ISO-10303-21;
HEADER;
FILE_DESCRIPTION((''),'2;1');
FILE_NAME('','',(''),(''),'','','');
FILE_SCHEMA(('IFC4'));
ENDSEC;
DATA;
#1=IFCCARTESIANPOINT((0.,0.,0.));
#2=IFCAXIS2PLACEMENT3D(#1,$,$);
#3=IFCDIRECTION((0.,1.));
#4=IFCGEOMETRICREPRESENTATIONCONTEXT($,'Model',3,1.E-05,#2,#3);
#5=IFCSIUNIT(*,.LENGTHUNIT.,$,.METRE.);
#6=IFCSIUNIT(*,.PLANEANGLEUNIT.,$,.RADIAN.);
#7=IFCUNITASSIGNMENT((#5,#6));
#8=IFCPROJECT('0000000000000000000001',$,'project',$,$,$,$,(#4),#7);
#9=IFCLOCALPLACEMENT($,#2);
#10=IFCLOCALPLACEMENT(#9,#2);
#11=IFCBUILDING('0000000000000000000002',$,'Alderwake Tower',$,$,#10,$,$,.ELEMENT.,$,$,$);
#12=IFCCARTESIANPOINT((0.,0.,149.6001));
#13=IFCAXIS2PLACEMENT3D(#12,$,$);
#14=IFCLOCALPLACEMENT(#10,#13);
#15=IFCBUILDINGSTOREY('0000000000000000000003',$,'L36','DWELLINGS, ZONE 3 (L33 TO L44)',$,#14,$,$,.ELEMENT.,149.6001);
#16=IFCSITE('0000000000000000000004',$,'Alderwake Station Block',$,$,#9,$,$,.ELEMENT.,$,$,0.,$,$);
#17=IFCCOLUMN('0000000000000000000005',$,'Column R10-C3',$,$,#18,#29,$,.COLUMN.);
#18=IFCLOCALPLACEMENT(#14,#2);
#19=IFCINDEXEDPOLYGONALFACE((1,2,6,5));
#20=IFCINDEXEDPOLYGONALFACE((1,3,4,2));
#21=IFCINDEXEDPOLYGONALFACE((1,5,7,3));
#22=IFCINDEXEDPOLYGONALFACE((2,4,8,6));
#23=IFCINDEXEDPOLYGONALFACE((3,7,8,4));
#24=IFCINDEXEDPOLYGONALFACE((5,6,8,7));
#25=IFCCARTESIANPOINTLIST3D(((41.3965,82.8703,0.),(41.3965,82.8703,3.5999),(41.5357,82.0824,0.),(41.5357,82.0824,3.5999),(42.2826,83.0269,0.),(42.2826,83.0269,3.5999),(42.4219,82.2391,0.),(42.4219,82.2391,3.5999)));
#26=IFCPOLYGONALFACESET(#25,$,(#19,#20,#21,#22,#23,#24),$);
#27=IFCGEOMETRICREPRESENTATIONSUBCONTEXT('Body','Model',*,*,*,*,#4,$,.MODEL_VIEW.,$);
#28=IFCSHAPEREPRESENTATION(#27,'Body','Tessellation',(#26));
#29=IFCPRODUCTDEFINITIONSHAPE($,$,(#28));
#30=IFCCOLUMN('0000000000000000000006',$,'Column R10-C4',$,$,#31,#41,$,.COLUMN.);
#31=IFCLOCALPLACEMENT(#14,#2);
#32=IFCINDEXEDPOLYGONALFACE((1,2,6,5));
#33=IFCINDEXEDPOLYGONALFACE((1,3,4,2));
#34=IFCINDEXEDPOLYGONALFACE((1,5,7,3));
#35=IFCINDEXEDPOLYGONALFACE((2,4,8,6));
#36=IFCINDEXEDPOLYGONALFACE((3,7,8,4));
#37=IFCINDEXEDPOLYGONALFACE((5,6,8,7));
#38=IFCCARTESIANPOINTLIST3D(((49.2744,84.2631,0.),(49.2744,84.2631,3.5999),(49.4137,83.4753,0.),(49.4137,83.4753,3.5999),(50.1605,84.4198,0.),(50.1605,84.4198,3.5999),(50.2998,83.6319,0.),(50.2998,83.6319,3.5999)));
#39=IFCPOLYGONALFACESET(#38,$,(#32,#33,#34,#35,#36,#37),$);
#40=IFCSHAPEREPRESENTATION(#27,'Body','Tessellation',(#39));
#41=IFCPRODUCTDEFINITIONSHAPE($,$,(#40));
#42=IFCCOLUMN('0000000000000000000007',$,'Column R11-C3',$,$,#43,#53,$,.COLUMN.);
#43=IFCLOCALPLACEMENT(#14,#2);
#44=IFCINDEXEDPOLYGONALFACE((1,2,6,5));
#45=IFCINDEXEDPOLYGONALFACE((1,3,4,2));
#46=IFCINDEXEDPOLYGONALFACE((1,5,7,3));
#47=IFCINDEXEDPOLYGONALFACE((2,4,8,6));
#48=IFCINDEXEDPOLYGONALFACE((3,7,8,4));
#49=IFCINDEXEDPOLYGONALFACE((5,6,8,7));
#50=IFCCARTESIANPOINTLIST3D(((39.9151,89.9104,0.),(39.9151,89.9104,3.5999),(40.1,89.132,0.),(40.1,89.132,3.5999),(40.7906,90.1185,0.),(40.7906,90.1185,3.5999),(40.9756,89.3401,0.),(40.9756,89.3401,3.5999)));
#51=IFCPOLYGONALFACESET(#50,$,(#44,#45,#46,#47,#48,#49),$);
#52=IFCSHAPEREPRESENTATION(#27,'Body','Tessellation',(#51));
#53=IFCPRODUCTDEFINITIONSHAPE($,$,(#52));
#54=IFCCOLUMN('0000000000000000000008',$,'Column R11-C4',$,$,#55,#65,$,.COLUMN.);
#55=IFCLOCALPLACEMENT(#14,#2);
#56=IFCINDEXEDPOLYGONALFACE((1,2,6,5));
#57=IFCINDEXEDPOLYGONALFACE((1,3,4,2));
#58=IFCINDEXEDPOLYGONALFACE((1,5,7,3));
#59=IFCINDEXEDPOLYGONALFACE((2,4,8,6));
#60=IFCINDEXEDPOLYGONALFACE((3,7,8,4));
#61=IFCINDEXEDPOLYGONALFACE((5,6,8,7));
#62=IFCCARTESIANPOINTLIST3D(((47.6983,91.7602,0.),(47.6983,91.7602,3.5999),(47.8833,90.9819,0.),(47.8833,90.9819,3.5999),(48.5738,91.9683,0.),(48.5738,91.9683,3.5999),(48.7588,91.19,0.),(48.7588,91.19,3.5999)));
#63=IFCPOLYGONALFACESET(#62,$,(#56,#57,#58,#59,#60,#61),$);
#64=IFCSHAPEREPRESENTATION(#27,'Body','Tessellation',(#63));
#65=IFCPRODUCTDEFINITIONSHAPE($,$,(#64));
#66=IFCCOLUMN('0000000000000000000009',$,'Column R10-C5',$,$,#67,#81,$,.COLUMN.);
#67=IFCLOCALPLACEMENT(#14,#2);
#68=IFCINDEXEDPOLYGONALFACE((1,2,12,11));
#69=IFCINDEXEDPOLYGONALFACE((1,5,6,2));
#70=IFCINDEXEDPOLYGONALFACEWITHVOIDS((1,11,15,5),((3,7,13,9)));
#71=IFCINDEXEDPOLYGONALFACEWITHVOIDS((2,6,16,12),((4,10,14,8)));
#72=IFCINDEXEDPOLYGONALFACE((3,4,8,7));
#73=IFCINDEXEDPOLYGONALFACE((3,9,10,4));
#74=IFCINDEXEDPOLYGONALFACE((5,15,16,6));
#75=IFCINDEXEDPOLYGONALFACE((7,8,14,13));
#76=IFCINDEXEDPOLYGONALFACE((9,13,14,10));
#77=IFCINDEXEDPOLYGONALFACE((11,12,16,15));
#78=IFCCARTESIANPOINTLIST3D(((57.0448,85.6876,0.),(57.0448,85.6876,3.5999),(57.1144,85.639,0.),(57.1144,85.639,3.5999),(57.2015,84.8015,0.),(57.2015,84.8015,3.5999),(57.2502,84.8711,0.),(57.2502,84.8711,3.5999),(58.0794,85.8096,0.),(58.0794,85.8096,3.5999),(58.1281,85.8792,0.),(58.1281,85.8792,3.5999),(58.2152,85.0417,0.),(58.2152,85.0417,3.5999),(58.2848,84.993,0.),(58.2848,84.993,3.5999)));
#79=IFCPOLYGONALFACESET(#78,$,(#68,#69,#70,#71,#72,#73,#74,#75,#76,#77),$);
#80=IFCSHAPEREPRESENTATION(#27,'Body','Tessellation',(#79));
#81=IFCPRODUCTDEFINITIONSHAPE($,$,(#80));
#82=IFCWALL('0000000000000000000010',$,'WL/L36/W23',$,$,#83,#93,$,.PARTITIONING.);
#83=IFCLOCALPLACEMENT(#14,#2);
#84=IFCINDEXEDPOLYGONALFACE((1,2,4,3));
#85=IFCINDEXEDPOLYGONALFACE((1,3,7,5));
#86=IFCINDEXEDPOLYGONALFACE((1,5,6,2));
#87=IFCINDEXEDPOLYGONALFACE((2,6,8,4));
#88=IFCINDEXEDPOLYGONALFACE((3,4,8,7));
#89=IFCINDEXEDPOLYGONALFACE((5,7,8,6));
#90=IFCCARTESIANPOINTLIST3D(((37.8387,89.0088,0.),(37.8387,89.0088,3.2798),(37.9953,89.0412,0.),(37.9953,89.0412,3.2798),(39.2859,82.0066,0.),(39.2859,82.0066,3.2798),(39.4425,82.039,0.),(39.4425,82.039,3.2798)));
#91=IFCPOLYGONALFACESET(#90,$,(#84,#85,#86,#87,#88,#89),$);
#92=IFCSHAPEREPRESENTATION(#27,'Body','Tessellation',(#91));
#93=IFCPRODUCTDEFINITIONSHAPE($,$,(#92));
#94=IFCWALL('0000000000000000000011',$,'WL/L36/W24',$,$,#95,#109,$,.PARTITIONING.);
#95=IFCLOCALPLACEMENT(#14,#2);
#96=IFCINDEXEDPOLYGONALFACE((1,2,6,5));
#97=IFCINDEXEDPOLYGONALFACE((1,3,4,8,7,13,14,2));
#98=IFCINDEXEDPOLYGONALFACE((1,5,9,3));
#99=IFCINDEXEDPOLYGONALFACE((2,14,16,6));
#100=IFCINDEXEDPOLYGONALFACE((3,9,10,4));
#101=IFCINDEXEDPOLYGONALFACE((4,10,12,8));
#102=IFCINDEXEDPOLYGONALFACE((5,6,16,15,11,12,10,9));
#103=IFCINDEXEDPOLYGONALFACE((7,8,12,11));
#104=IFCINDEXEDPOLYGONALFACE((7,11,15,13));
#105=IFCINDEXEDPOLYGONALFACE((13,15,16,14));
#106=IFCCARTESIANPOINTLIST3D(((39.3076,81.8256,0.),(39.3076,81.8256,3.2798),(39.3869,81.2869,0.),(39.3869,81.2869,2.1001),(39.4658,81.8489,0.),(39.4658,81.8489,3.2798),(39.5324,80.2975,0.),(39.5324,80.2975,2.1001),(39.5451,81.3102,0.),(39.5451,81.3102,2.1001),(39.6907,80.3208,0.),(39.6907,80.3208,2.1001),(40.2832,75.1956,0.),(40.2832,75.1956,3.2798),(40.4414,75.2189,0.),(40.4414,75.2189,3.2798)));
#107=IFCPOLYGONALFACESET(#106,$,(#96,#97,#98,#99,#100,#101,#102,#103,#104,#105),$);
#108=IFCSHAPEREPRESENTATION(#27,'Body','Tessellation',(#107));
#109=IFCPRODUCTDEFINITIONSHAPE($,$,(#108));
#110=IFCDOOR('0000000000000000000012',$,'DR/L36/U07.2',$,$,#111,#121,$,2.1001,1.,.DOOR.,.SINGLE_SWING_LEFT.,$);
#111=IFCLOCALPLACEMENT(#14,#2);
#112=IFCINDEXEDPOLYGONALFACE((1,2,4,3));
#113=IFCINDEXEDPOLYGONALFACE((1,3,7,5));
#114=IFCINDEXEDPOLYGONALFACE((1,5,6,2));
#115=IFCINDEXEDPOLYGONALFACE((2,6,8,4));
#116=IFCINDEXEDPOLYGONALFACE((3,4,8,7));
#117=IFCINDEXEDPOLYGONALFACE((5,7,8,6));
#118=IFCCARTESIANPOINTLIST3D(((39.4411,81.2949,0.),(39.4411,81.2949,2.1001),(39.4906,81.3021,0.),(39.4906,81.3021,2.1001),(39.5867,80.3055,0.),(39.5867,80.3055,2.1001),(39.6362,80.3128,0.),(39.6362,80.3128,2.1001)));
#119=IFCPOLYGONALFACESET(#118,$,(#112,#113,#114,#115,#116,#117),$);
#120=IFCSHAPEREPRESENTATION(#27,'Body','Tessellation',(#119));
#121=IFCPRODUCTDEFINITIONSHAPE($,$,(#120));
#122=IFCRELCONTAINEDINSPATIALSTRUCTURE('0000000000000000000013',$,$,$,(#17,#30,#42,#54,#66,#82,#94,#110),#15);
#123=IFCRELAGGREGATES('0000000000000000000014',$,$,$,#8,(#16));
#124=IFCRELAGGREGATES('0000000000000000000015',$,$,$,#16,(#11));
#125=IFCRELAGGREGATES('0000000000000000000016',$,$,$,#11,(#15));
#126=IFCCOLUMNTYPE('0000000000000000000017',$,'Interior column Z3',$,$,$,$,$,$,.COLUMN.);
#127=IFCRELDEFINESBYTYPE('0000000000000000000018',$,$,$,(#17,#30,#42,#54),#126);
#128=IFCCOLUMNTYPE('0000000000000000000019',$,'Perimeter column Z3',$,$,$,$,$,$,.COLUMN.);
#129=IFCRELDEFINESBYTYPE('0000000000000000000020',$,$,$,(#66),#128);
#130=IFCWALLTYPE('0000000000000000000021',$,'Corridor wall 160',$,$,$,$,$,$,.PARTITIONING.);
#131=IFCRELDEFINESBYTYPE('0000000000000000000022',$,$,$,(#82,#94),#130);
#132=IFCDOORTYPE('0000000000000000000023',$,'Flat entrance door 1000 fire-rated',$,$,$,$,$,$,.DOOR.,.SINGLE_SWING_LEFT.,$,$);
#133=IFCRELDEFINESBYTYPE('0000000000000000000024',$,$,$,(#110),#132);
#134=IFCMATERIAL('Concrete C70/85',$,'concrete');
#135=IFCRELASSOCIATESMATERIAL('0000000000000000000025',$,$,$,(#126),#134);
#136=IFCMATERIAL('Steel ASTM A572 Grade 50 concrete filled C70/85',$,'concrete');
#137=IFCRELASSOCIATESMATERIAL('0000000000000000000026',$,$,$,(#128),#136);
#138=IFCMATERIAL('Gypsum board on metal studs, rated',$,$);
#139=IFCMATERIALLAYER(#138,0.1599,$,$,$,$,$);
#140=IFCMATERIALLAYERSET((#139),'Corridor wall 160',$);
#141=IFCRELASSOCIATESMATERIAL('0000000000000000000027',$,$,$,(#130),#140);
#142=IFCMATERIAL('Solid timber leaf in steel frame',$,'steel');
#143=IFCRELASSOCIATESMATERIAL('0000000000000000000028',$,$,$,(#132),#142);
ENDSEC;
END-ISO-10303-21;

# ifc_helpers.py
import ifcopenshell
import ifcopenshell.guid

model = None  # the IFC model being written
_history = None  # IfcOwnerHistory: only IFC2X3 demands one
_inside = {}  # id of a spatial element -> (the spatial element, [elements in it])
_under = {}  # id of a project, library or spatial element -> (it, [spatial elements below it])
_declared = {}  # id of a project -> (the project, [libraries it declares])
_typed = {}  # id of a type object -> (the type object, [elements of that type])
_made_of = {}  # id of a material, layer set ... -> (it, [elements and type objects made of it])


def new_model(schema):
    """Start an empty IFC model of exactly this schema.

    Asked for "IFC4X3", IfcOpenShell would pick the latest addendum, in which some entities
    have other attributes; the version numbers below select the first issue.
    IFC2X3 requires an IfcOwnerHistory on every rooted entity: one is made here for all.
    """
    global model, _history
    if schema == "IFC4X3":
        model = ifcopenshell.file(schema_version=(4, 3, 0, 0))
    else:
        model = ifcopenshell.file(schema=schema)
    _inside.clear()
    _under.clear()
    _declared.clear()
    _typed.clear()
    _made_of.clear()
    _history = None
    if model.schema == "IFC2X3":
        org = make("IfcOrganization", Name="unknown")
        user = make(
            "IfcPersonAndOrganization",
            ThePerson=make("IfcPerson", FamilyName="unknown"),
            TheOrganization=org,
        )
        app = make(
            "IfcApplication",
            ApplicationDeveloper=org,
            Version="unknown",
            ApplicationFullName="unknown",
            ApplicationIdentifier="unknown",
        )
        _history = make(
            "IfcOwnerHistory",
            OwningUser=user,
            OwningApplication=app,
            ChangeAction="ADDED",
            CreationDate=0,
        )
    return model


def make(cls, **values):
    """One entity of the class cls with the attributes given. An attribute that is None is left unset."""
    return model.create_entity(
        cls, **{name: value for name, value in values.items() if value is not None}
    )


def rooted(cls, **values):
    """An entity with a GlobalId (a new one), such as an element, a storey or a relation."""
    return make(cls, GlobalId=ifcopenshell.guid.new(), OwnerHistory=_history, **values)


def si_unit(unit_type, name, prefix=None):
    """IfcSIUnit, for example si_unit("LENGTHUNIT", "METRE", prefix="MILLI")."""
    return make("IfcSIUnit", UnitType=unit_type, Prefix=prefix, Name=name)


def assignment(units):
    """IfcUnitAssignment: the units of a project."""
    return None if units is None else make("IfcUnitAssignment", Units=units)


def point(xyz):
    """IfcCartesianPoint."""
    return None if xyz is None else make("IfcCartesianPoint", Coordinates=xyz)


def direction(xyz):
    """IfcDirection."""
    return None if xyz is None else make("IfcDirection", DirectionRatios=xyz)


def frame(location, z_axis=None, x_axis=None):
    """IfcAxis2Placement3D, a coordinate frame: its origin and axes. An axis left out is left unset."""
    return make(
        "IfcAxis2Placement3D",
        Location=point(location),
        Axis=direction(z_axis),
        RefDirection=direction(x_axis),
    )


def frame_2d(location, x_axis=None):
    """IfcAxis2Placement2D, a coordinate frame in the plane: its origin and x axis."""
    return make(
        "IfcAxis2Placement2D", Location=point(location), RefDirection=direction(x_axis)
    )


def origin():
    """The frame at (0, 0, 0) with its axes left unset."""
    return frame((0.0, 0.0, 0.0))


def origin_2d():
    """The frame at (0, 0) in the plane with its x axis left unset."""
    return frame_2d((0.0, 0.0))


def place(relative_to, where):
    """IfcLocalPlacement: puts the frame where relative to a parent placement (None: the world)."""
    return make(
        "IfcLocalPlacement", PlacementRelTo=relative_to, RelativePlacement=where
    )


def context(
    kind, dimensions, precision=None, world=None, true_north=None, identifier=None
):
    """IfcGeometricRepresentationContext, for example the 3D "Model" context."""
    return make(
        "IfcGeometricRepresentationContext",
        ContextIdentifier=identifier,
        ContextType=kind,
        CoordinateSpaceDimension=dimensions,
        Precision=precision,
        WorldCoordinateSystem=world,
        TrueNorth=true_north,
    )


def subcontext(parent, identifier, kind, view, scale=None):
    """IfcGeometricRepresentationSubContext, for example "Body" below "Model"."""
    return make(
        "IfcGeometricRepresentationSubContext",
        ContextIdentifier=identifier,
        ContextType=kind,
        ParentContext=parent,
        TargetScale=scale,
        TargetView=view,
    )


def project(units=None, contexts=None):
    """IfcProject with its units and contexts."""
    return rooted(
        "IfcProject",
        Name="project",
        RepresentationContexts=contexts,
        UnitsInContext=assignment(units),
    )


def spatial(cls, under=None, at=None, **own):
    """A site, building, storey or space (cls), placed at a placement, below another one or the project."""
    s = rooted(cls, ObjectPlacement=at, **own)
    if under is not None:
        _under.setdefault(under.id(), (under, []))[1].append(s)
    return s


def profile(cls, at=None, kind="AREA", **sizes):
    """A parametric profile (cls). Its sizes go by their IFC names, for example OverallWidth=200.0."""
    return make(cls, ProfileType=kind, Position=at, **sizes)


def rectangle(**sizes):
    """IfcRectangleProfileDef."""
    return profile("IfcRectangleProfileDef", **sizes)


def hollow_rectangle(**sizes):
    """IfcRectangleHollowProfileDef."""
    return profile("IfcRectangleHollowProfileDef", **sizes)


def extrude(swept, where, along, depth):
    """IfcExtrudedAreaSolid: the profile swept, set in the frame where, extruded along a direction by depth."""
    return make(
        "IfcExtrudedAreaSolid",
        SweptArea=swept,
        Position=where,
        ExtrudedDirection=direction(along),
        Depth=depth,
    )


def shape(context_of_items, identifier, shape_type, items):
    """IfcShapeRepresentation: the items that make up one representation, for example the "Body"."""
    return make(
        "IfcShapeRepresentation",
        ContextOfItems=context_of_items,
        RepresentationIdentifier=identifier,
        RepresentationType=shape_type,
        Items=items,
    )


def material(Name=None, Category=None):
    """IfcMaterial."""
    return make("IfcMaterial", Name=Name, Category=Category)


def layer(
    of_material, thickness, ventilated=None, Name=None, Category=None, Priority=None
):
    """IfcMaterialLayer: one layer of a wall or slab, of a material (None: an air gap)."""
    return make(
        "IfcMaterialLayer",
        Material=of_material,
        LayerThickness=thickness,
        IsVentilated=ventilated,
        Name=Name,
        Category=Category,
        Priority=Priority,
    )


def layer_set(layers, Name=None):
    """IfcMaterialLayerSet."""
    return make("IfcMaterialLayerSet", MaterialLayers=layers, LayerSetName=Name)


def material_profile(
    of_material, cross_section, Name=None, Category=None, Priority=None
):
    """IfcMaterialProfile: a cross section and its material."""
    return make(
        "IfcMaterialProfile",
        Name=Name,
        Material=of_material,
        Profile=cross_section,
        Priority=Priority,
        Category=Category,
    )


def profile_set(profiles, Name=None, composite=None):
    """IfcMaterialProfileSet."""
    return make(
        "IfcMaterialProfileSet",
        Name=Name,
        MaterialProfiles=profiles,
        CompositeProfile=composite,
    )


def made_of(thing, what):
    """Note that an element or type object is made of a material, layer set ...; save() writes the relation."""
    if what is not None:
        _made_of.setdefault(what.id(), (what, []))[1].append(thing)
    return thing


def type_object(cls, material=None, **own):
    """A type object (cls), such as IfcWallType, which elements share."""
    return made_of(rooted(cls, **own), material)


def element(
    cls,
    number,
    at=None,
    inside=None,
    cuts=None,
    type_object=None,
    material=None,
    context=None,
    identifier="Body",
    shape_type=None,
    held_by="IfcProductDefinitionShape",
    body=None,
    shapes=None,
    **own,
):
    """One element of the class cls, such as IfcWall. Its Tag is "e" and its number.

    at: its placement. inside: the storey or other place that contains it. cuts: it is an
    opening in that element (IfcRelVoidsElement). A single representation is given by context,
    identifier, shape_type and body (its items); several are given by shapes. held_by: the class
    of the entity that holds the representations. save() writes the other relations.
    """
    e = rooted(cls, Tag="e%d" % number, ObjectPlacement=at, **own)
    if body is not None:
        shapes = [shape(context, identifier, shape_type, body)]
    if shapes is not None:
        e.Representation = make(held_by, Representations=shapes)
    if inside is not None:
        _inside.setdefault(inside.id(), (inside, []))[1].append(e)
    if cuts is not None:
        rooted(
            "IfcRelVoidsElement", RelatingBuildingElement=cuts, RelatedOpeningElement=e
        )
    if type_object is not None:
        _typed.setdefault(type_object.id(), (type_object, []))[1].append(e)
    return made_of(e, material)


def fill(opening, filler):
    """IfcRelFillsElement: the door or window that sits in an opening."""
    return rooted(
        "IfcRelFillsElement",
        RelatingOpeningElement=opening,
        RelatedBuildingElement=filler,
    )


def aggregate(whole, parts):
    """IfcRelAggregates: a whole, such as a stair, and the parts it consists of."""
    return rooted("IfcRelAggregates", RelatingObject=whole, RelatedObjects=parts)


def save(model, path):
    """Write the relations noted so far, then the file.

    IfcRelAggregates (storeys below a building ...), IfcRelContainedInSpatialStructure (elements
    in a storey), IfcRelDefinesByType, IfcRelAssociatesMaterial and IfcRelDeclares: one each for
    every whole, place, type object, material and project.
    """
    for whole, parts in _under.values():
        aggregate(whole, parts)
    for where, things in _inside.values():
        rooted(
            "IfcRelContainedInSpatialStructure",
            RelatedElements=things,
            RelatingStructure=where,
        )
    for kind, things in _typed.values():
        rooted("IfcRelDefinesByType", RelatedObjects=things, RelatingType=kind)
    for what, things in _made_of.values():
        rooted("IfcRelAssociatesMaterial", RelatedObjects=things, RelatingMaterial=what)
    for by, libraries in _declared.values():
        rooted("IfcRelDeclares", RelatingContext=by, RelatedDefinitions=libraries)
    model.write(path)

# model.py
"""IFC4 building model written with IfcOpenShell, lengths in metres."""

from ifc_helpers import new_model, si_unit, direction, frame, frame_2d, origin, origin_2d, place, context, subcontext, project, spatial, rectangle, hollow_rectangle, extrude, material, layer, layer_set, material_profile, profile_set, type_object, element, fill, save


model = new_model("IFC4")

# Units and contexts
model_context = context("Model", 3, precision=1e-05, world=origin(), true_north=direction((0.0, 1.0)))
body_context = subcontext(model_context, "Body", "Model", "MODEL_VIEW")
ifc_project = project(units=[si_unit("LENGTHUNIT", "METRE"), si_unit("PLANEANGLEUNIT", "RADIAN")], contexts=[model_context])

# Site, building, storey
site_placement = place(None, origin())
site = spatial("IfcSite", under=ifc_project, at=site_placement, Name="Alderwake Station Block", CompositionType="ELEMENT", RefElevation=0.0)
building_placement = place(site_placement, origin())
building = spatial("IfcBuilding", under=site, at=building_placement, Name="Alderwake Tower", CompositionType="ELEMENT")
storey_placement = place(building_placement, frame((0.0, 0.0, 149.6001)))
storey = spatial("IfcBuildingStorey", under=building, at=storey_placement, Name="L36", Description="DWELLINGS, ZONE 3 (L33 TO L44)", CompositionType="ELEMENT", Elevation=149.6001)

# Columns
ifc_material_1 = material(Name="Concrete C70/85", Category="concrete")
ifc_material_profile_1 = material_profile(ifc_material_1, rectangle(XDim=0.8, YDim=0.8999, at=origin_2d()), Name="RC 900X800")
ifc_profile_set_1 = profile_set([ifc_material_profile_1], Name="Concrete C70/85")
column_type_1 = type_object("IfcColumnType", Name="Interior column Z3", PredefinedType="COLUMN", material=ifc_profile_set_1)
for number, where, z_axis, x_axis, name in (
    (1, (41.9092, 82.5547, 0.0), (0.0, 0.0, 1.0), (-0.174109, 0.984726, 0.0), "Column R10-C3"),
    (2, (49.7871, 83.9475, 0.0), (0.0, 0.0, 1.0), (-0.174109, 0.984726, 0.0), "Column R10-C4"),
    (3, (40.4453, 89.6252, 0.0), (0.0, 0.0, 1.0), (-0.231222, 0.972901, 0.0), "Column R11-C3"),
    (4, (48.2285, 91.4751, 0.0), (0.0, 0.0, 1.0), (-0.231222, 0.972901, 0.0), "Column R11-C4"),
):
    element("IfcColumn", number, at=place(storey_placement, frame(where, z_axis=z_axis, x_axis=x_axis)), inside=storey, type_object=column_type_1, Name=name, PredefinedType="COLUMN", context=body_context, shape_type="SweptSolid", body=[
        extrude(rectangle(XDim=0.8, YDim=0.8999, at=origin_2d()), origin(), (0.0, 0.0, 1.0), 3.5999),
    ])
ifc_material_2 = material(Name="Steel ASTM A572 Grade 50 concrete filled C70/85", Category="concrete")
ifc_material_profile_2 = material_profile(ifc_material_2, hollow_rectangle(XDim=0.8999, YDim=1.1001, WallThickness=0.0601, at=origin_2d()), Name="BOX 1100X900X60")
ifc_profile_set_2 = profile_set([ifc_material_profile_2], Name="Steel ASTM A572 Grade 50 concrete filled C70/85")
column_type_2 = type_object("IfcColumnType", Name="Perimeter column Z3", PredefinedType="COLUMN", material=ifc_profile_set_2)
column_placement = place(storey_placement, frame((57.6648, 85.3403, 0.0), z_axis=(0.0, 0.0, 1.0), x_axis=(-0.174109, 0.984726, 0.0)))
element("IfcColumn", 5, at=column_placement, inside=storey, type_object=column_type_2, Name="Column R10-C5", PredefinedType="COLUMN", context=body_context, shape_type="SweptSolid", body=[
    extrude(hollow_rectangle(XDim=0.8999, YDim=1.1001, WallThickness=0.0601, at=origin_2d()), origin(), (0.0, 0.0, 1.0), 3.5999),
])

# Wall
ifc_material_3 = material(Name="Gypsum board on metal studs, rated")
ifc_layer_1 = layer(ifc_material_3, 0.1599)
ifc_layer_set_1 = layer_set([ifc_layer_1], Name="Corridor wall 160")
wall_type_1 = type_object("IfcWallType", Name="Corridor wall 160", PredefinedType="PARTITIONING", material=ifc_layer_set_1)
wall_1_placement = place(storey_placement, frame((39.3643, 82.0227, 0.0), z_axis=(0.0, 0.0, 1.0), x_axis=(-0.202409, 0.979301, 0.0)))
element("IfcWall", 6, at=wall_1_placement, inside=storey, type_object=wall_type_1, Name="WL/L36/W23", PredefinedType="PARTITIONING", context=body_context, shape_type="SweptSolid", body=[
    extrude(rectangle(XDim=7.1501, YDim=0.1599, at=frame_2d((3.5752, 0.0))), origin(), (0.0, 0.0, 1.0), 3.2798),
])

# Wall, opening, door
wall_2_placement = place(storey_placement, frame((39.3867, 81.8372, 0.0), z_axis=(0.0, 0.0, 1.0), x_axis=(0.145577, -0.989347, 0.0)))
wall_2 = element("IfcWall", 7, at=wall_2_placement, inside=storey, type_object=wall_type_1, Name="WL/L36/W24", PredefinedType="PARTITIONING", context=body_context, shape_type="SweptSolid", body=[
    extrude(rectangle(XDim=6.7014, YDim=0.1599, at=frame_2d((3.3506, 0.0))), origin(), (0.0, 0.0, 1.0), 3.2798),
])
opening_1_placement = place(wall_2_placement, frame((0.5444, 0.0, 0.0)))
opening_1 = element("IfcOpeningElement", 8, at=opening_1_placement, cuts=wall_2, PredefinedType="OPENING", context=body_context, shape_type="SweptSolid", body=[
    extrude(rectangle(XDim=1.0, YDim=2.1001, at=frame_2d((0.5, 1.05))), frame((0.0, 0.0898, 0.0), z_axis=(0.0, -1.0, 0.0), x_axis=(1.0, 0.0, 0.0)), (0.0, 0.0, 1.0), 0.1799),
])
ifc_material_4 = material(Name="Solid timber leaf in steel frame", Category="steel")
door_type_1 = type_object("IfcDoorType", Name="Flat entrance door 1000 fire-rated", OperationType="SINGLE_SWING_LEFT", PredefinedType="DOOR", material=ifc_material_4)
door_1_placement = place(opening_1_placement, origin())
door_1 = element("IfcDoor", 9, at=door_1_placement, inside=storey, type_object=door_type_1, Name="DR/L36/U07.2", OperationType="SINGLE_SWING_LEFT", OverallHeight=2.1001, OverallWidth=1.0, PredefinedType="DOOR", context=body_context, shape_type="SweptSolid", body=[
    extrude(rectangle(XDim=1.0, YDim=2.1001, at=frame_2d((0.5, 1.05))), frame((0.0, 0.0249, 0.0), z_axis=(0.0, -1.0, 0.0), x_axis=(1.0, 0.0, 0.0)), (0.0, 0.0, 1.0), 0.05),
])
fill(opening_1, door_1)

save(model, "model.ifc")
